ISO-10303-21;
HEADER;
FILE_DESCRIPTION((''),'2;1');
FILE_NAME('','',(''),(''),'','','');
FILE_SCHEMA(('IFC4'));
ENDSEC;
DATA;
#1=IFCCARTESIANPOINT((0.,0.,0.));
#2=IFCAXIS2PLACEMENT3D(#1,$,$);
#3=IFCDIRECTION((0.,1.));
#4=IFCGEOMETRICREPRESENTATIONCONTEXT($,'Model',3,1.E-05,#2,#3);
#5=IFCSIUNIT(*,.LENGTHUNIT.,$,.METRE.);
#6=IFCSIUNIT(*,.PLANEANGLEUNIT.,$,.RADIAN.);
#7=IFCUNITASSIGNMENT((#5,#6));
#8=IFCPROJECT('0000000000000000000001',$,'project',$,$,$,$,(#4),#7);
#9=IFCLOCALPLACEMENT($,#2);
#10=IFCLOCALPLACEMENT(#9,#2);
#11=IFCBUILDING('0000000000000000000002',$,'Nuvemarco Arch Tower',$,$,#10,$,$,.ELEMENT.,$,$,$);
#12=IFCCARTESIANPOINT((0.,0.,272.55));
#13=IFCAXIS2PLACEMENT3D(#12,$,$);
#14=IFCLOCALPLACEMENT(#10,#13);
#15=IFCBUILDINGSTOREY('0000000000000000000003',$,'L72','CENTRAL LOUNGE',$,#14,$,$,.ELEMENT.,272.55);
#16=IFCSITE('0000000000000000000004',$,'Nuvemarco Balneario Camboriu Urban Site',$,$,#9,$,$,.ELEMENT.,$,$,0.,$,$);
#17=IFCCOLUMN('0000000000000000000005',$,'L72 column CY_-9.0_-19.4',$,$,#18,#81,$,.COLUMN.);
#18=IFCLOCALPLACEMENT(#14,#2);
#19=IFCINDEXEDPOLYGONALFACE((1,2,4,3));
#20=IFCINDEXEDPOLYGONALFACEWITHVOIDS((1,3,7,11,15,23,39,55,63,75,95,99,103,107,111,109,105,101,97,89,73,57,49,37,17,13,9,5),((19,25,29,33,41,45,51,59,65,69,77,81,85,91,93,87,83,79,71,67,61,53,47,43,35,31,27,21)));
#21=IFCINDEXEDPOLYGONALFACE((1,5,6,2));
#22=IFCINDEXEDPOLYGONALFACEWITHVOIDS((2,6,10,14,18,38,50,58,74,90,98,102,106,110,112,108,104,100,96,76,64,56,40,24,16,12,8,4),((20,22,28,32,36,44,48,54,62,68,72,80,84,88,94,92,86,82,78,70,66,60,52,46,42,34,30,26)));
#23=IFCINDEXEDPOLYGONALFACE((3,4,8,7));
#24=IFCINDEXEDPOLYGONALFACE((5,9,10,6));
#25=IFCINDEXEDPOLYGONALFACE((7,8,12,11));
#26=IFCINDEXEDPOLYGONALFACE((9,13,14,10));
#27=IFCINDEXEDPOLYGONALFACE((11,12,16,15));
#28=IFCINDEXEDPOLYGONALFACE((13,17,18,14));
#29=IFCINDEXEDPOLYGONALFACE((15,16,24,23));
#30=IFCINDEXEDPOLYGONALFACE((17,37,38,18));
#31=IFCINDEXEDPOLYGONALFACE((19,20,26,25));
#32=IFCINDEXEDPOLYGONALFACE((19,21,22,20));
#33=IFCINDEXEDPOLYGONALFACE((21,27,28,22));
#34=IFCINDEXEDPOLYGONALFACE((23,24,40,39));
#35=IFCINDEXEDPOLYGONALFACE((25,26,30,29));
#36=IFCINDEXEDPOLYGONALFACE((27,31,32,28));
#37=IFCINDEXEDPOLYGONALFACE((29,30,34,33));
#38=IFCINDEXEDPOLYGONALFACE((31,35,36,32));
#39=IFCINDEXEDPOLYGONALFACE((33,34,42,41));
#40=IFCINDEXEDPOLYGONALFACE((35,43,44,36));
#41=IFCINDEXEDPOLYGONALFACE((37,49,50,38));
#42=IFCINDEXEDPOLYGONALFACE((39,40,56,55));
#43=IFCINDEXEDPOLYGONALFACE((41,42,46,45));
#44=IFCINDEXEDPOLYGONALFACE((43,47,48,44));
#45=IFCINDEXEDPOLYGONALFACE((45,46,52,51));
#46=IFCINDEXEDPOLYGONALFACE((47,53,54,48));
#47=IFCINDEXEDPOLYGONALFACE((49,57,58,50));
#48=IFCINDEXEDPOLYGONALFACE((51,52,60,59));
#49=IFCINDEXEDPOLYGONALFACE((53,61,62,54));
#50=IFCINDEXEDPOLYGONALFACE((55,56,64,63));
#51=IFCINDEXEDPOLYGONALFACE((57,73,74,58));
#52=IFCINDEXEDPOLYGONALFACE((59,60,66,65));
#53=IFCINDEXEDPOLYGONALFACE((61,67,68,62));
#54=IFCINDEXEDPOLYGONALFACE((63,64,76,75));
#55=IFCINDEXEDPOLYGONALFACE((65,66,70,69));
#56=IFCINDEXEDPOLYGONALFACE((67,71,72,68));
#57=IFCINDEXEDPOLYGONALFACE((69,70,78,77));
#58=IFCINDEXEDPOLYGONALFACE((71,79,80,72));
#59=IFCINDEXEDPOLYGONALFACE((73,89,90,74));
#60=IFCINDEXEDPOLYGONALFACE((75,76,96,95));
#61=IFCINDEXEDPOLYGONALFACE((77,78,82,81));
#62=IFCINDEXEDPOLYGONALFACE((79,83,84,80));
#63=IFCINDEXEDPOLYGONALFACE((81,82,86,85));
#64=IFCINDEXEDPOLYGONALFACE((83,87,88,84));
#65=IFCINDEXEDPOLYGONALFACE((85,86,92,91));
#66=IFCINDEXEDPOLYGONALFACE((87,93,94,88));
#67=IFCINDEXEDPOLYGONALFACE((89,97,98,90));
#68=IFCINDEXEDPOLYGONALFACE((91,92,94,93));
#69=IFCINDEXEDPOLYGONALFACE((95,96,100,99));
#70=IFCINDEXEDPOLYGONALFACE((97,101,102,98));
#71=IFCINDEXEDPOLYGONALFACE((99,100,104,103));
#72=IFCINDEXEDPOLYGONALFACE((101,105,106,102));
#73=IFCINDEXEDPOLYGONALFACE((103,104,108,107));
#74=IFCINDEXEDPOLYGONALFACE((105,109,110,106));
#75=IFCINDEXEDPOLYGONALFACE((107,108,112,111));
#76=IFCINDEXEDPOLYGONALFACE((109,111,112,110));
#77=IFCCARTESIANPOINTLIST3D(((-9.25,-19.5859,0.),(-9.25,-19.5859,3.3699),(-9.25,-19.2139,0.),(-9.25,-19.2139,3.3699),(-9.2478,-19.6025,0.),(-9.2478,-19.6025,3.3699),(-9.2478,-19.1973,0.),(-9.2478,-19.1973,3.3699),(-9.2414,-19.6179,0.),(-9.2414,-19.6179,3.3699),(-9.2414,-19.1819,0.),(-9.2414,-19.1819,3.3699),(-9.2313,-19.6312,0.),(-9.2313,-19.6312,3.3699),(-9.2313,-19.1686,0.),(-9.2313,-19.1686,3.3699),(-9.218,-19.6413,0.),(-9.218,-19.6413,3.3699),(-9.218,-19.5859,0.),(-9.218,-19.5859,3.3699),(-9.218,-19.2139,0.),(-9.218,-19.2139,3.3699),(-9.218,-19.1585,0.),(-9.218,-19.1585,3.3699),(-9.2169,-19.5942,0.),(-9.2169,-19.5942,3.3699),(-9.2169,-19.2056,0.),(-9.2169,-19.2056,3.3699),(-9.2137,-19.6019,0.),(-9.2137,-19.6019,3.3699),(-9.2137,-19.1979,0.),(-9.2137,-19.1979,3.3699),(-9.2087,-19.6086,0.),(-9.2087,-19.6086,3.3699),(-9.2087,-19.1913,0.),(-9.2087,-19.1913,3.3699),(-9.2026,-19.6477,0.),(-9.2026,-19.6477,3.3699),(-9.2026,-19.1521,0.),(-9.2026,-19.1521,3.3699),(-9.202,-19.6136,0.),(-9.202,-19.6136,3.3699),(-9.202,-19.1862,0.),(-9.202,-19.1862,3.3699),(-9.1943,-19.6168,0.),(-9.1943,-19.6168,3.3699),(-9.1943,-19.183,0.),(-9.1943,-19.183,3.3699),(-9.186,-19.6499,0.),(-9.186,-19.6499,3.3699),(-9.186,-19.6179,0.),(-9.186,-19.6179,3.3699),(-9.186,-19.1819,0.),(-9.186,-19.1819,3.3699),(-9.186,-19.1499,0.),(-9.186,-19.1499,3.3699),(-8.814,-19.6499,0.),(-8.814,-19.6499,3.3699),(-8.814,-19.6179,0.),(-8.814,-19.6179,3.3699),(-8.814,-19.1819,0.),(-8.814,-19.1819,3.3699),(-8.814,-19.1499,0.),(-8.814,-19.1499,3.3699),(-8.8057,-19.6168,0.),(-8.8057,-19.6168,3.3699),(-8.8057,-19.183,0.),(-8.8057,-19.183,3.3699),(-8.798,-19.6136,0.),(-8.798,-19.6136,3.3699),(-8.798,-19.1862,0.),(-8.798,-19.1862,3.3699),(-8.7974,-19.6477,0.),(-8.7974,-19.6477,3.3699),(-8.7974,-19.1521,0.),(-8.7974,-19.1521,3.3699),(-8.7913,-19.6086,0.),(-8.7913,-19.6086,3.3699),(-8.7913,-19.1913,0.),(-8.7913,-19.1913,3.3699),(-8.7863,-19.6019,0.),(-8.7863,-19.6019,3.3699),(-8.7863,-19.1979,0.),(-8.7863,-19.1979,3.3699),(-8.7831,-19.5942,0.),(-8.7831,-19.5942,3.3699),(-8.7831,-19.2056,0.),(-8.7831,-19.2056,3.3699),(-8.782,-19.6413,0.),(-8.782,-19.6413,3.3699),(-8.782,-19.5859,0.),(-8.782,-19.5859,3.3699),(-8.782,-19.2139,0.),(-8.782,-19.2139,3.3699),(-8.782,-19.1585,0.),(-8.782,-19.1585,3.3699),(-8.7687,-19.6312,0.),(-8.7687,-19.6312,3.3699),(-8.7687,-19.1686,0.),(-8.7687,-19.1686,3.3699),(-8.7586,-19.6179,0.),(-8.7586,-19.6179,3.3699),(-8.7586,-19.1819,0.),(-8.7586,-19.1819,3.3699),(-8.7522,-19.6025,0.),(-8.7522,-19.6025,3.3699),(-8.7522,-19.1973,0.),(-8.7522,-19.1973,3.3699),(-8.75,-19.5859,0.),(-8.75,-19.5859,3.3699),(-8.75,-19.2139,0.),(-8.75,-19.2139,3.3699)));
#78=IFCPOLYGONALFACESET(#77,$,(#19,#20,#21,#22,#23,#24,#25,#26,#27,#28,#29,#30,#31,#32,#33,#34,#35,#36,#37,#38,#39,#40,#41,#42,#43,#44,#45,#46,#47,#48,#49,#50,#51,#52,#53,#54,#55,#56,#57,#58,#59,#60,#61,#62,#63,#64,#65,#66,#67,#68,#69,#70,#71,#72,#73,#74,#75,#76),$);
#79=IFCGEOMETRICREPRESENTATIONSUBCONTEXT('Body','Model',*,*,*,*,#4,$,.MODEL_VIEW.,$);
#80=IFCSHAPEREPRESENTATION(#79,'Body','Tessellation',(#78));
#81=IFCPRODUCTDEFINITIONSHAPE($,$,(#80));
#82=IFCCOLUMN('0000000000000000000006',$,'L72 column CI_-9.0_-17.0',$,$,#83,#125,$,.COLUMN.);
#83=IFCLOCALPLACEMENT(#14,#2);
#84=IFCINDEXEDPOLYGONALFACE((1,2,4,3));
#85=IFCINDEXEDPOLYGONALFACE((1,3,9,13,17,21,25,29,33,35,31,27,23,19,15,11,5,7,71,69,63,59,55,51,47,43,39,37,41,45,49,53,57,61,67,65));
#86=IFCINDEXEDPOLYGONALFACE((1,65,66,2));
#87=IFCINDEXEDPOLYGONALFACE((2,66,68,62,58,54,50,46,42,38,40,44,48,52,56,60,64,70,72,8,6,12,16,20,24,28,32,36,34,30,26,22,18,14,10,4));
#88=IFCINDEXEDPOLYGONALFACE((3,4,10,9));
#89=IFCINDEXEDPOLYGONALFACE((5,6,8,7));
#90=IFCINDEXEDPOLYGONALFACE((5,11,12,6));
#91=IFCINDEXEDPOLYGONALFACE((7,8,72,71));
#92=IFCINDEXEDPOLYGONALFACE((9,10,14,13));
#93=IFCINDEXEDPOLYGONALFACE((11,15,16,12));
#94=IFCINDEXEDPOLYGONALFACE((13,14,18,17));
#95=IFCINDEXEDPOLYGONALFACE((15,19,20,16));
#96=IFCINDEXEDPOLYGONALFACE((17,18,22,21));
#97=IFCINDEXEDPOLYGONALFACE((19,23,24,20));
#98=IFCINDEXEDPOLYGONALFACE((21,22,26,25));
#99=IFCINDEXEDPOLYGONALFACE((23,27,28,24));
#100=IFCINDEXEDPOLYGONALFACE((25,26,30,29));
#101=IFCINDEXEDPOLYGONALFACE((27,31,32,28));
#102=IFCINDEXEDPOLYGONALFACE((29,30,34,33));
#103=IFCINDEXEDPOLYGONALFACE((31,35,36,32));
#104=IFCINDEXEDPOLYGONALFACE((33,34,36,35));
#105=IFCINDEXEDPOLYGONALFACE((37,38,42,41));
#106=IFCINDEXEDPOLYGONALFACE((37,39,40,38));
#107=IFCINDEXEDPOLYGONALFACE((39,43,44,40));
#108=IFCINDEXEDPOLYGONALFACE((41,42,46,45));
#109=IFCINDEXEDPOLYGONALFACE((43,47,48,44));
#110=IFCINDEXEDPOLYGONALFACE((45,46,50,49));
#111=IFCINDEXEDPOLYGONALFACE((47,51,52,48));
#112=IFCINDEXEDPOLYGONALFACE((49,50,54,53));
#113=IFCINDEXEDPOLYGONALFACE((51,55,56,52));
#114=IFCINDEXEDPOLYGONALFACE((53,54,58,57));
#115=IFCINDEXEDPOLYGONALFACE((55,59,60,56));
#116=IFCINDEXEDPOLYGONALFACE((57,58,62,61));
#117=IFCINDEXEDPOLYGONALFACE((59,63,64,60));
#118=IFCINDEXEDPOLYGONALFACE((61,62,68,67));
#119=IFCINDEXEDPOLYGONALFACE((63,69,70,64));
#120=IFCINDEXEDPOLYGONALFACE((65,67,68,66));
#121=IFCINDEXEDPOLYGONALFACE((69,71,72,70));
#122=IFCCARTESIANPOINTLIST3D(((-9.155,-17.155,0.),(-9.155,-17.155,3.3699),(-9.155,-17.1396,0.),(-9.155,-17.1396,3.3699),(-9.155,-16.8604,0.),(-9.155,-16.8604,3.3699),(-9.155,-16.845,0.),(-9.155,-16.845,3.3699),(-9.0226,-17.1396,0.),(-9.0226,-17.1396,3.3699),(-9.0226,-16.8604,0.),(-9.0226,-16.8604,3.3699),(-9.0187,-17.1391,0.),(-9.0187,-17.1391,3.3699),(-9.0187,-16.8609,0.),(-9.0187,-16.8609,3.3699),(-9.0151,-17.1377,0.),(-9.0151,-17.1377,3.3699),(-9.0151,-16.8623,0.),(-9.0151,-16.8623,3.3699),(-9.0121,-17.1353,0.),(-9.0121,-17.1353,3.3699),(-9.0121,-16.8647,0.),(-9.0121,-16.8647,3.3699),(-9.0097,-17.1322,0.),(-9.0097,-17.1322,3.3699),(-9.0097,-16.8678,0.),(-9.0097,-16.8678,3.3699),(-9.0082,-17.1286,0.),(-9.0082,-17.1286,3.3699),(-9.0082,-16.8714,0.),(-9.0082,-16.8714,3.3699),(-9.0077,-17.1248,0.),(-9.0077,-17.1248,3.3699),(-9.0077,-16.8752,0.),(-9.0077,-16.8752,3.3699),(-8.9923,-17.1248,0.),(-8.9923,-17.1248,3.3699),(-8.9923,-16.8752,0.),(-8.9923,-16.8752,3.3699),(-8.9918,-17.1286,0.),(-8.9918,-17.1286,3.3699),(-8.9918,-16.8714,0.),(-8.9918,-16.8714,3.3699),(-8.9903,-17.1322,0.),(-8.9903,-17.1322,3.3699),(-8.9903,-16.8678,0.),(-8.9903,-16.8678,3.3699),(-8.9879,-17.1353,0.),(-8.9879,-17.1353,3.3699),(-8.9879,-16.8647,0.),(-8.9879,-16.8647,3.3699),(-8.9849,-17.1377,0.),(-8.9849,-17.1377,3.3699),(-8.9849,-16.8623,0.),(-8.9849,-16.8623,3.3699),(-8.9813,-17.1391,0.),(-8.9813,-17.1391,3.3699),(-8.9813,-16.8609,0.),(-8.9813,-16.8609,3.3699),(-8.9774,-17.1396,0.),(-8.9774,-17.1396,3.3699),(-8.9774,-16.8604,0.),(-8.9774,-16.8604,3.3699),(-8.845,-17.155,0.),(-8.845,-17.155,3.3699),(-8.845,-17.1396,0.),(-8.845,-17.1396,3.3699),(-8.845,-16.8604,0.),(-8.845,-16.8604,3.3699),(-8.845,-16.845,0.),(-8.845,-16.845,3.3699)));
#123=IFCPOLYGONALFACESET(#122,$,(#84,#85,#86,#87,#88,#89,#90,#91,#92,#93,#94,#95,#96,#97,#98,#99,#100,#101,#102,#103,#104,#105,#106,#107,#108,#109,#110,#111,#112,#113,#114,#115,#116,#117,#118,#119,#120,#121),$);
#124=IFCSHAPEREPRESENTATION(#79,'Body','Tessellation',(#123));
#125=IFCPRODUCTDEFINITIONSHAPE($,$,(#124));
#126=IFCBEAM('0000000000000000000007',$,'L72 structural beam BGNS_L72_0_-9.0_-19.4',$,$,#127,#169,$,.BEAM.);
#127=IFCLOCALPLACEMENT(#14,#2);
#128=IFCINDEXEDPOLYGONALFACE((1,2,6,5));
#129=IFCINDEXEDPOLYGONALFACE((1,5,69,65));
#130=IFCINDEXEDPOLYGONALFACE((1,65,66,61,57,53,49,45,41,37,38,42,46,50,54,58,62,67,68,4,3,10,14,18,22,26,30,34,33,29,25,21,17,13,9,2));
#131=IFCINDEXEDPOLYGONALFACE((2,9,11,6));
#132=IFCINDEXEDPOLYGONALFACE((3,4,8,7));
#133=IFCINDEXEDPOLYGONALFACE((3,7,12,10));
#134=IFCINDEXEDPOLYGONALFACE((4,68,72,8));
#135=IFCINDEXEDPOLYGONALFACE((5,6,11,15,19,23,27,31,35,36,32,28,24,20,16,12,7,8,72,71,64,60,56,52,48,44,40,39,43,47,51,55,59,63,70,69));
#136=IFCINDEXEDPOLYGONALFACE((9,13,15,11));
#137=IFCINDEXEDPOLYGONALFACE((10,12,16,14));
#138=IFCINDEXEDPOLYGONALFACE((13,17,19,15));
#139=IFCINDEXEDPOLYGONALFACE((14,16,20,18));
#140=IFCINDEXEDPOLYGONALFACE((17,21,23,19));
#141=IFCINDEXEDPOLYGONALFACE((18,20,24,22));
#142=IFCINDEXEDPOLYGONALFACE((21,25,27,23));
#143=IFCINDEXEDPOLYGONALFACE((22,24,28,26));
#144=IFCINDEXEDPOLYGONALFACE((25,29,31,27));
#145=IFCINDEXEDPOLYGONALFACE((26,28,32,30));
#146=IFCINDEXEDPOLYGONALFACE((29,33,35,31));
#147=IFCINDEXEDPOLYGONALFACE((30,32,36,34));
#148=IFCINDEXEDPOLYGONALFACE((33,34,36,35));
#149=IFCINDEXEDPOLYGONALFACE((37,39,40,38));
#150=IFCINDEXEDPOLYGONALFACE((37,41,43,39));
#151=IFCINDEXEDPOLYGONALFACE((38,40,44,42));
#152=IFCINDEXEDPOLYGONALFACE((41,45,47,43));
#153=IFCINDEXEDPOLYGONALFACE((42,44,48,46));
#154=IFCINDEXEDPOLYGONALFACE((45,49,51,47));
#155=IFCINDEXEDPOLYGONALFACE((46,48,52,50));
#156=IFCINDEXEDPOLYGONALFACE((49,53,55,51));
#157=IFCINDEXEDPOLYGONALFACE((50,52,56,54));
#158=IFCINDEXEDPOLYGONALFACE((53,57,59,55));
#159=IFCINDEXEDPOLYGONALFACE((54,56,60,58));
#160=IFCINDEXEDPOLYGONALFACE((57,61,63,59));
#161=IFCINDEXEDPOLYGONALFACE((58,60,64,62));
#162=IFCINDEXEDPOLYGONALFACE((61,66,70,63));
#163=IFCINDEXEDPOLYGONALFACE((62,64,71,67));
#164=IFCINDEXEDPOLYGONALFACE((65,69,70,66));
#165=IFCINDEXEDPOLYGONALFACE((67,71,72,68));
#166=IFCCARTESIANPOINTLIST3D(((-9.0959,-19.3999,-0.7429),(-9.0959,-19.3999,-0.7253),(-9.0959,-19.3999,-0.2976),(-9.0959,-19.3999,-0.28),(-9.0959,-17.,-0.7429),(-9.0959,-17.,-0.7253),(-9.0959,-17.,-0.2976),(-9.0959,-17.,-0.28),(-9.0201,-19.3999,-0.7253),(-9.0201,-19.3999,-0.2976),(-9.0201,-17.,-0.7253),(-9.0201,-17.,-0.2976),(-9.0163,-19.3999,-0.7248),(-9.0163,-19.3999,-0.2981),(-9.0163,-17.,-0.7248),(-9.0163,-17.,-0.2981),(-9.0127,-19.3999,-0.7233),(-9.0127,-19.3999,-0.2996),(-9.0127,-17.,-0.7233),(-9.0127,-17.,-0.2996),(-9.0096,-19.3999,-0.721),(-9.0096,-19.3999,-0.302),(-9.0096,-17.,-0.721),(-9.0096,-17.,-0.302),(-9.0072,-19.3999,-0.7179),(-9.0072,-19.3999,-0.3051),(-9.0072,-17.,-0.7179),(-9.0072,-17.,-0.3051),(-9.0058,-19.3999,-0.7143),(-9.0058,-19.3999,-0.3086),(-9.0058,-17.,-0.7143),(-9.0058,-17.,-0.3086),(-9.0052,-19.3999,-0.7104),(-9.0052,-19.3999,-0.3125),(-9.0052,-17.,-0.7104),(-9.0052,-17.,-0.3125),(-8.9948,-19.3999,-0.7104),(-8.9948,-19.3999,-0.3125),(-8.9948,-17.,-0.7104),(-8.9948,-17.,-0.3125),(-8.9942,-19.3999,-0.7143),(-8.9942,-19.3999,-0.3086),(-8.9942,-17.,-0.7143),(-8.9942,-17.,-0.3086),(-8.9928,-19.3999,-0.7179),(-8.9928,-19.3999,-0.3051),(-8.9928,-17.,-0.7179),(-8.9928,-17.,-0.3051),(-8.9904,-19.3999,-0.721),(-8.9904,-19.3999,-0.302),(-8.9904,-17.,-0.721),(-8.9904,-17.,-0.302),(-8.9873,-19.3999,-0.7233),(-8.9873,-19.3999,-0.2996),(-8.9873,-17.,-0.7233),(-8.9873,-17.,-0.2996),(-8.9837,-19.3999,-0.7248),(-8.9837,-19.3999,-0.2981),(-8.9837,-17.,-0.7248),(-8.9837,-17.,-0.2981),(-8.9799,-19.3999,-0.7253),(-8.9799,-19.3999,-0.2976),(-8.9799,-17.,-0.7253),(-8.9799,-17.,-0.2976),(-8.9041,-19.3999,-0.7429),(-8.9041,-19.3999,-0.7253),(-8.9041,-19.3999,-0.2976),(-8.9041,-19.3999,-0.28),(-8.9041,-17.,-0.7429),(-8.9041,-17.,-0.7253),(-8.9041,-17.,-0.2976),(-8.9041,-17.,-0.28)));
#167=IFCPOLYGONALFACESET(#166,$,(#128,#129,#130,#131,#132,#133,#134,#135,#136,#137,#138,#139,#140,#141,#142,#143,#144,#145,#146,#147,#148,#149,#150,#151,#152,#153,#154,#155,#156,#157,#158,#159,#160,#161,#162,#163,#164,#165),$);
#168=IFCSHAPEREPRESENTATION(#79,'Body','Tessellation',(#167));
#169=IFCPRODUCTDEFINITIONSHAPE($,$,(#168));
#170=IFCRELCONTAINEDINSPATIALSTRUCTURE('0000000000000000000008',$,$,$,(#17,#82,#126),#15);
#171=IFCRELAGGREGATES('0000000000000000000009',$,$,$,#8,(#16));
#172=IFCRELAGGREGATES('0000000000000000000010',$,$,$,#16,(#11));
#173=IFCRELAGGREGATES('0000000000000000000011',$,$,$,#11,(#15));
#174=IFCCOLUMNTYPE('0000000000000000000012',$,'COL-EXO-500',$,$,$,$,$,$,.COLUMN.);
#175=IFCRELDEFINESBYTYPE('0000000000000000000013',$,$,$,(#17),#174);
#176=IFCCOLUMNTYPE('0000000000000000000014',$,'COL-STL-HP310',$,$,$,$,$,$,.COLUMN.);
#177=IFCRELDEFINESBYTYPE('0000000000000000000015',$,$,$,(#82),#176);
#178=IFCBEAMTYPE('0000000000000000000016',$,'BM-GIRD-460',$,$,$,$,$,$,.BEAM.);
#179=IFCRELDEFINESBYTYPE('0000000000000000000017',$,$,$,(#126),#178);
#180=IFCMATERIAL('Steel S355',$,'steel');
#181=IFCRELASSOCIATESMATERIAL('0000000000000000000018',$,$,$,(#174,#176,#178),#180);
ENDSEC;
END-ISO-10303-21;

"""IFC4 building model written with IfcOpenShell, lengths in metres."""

from ifc_helpers import new_model, si_unit, direction, frame, origin, origin_2d, place, context, subcontext, project, spatial, hollow_rectangle, i_section, extrude, material, material_profile, profile_set, type_object, element, save


model = new_model("IFC4")

# Units and contexts
model_context = context("Model", 3, precision=1e-05, world=origin(), true_north=direction((0.0, 1.0)))
body_context = subcontext(model_context, "Body", "Model", "MODEL_VIEW")
ifc_project = project(units=[si_unit("LENGTHUNIT", "METRE"), si_unit("PLANEANGLEUNIT", "RADIAN")], contexts=[model_context])

# Site, building, storey
site_placement = place(None, origin())
site = spatial("IfcSite", under=ifc_project, at=site_placement, Name="Nuvemarco Balneario Camboriu Urban Site", CompositionType="ELEMENT", RefElevation=0.0)
building_placement = place(site_placement, origin())
building = spatial("IfcBuilding", under=site, at=building_placement, Name="Nuvemarco Arch Tower", CompositionType="ELEMENT")
storey_placement = place(building_placement, frame((0.0, 0.0, 272.55)))
storey = spatial("IfcBuildingStorey", under=building, at=storey_placement, Name="L72", Description="CENTRAL LOUNGE", CompositionType="ELEMENT", Elevation=272.55)

# Columns
ifc_material_1 = material(Name="Steel S355", Category="steel")
ifc_material_profile_1 = material_profile(ifc_material_1, hollow_rectangle(XDim=0.5, YDim=0.5, WallThickness=0.032, InnerFilletRadius=0.032, OuterFilletRadius=0.064, at=origin_2d()), Name="SHS500x500x32")
ifc_profile_set_1 = profile_set([ifc_material_profile_1], Name="Steel S355")
column_type_1 = type_object("IfcColumnType", Name="COL-EXO-500", PredefinedType="COLUMN", material=ifc_profile_set_1)
column_1_placement = place(storey_placement, frame((-9.0, -19.3999, 0.0), z_axis=(0.0, 0.0, 1.0), x_axis=(1.0, 0.0, 0.0)))
element("IfcColumn", 1, at=column_1_placement, inside=storey, type_object=column_type_1, Name="L72 column CY_-9.0_-19.4", PredefinedType="COLUMN", context=body_context, shape_type="SweptSolid", body=[
    extrude(hollow_rectangle(XDim=0.5, YDim=0.5, WallThickness=0.032, InnerFilletRadius=0.032, OuterFilletRadius=0.064, at=origin_2d()), origin(), (0.0, 0.0, 1.0), 3.3699),
])
ifc_material_profile_2 = material_profile(ifc_material_1, i_section(OverallWidth=0.3101, OverallDepth=0.3101, WebThickness=0.0154, FlangeThickness=0.0154, FilletRadius=0.0149, at=origin_2d()), Name="HP310x110")
ifc_profile_set_2 = profile_set([ifc_material_profile_2], Name="Steel S355")
column_type_2 = type_object("IfcColumnType", Name="COL-STL-HP310", PredefinedType="COLUMN", material=ifc_profile_set_2)
column_2_placement = place(storey_placement, frame((-9.0, -17.0, 0.0), z_axis=(0.0, 0.0, 1.0), x_axis=(1.0, 0.0, 0.0)))
element("IfcColumn", 2, at=column_2_placement, inside=storey, type_object=column_type_2, Name="L72 column CI_-9.0_-17.0", PredefinedType="COLUMN", context=body_context, shape_type="SweptSolid", body=[
    extrude(i_section(OverallWidth=0.3101, OverallDepth=0.3101, WebThickness=0.0154, FlangeThickness=0.0154, FilletRadius=0.0149, at=origin_2d()), origin(), (0.0, 0.0, 1.0), 3.3699),
])

# Beam
ifc_material_profile_3 = material_profile(ifc_material_1, i_section(OverallWidth=0.1919, OverallDepth=0.4629, WebThickness=0.0105, FlangeThickness=0.0176, FilletRadius=0.0149, at=origin_2d()), Name="W460x89")
ifc_profile_set_3 = profile_set([ifc_material_profile_3], Name="Steel S355")
beam_type_1 = type_object("IfcBeamType", Name="BM-GIRD-460", PredefinedType="BEAM", material=ifc_profile_set_3)
beam_1_placement = place(storey_placement, frame((-9.0, -19.3999, -0.5115), z_axis=(0.0, 1.0, 0.0), x_axis=(-1.0, 0.0, 0.0)))
element("IfcBeam", 3, at=beam_1_placement, inside=storey, type_object=beam_type_1, Name="L72 structural beam BGNS_L72_0_-9.0_-19.4", PredefinedType="BEAM", context=body_context, shape_type="SweptSolid", body=[
    extrude(i_section(OverallWidth=0.1919, OverallDepth=0.4629, WebThickness=0.0105, FlangeThickness=0.0176, FilletRadius=0.0149, at=origin_2d()), origin(), (0.0, 0.0, 1.0), 2.3999),
])

save(model, "model.ifc")
